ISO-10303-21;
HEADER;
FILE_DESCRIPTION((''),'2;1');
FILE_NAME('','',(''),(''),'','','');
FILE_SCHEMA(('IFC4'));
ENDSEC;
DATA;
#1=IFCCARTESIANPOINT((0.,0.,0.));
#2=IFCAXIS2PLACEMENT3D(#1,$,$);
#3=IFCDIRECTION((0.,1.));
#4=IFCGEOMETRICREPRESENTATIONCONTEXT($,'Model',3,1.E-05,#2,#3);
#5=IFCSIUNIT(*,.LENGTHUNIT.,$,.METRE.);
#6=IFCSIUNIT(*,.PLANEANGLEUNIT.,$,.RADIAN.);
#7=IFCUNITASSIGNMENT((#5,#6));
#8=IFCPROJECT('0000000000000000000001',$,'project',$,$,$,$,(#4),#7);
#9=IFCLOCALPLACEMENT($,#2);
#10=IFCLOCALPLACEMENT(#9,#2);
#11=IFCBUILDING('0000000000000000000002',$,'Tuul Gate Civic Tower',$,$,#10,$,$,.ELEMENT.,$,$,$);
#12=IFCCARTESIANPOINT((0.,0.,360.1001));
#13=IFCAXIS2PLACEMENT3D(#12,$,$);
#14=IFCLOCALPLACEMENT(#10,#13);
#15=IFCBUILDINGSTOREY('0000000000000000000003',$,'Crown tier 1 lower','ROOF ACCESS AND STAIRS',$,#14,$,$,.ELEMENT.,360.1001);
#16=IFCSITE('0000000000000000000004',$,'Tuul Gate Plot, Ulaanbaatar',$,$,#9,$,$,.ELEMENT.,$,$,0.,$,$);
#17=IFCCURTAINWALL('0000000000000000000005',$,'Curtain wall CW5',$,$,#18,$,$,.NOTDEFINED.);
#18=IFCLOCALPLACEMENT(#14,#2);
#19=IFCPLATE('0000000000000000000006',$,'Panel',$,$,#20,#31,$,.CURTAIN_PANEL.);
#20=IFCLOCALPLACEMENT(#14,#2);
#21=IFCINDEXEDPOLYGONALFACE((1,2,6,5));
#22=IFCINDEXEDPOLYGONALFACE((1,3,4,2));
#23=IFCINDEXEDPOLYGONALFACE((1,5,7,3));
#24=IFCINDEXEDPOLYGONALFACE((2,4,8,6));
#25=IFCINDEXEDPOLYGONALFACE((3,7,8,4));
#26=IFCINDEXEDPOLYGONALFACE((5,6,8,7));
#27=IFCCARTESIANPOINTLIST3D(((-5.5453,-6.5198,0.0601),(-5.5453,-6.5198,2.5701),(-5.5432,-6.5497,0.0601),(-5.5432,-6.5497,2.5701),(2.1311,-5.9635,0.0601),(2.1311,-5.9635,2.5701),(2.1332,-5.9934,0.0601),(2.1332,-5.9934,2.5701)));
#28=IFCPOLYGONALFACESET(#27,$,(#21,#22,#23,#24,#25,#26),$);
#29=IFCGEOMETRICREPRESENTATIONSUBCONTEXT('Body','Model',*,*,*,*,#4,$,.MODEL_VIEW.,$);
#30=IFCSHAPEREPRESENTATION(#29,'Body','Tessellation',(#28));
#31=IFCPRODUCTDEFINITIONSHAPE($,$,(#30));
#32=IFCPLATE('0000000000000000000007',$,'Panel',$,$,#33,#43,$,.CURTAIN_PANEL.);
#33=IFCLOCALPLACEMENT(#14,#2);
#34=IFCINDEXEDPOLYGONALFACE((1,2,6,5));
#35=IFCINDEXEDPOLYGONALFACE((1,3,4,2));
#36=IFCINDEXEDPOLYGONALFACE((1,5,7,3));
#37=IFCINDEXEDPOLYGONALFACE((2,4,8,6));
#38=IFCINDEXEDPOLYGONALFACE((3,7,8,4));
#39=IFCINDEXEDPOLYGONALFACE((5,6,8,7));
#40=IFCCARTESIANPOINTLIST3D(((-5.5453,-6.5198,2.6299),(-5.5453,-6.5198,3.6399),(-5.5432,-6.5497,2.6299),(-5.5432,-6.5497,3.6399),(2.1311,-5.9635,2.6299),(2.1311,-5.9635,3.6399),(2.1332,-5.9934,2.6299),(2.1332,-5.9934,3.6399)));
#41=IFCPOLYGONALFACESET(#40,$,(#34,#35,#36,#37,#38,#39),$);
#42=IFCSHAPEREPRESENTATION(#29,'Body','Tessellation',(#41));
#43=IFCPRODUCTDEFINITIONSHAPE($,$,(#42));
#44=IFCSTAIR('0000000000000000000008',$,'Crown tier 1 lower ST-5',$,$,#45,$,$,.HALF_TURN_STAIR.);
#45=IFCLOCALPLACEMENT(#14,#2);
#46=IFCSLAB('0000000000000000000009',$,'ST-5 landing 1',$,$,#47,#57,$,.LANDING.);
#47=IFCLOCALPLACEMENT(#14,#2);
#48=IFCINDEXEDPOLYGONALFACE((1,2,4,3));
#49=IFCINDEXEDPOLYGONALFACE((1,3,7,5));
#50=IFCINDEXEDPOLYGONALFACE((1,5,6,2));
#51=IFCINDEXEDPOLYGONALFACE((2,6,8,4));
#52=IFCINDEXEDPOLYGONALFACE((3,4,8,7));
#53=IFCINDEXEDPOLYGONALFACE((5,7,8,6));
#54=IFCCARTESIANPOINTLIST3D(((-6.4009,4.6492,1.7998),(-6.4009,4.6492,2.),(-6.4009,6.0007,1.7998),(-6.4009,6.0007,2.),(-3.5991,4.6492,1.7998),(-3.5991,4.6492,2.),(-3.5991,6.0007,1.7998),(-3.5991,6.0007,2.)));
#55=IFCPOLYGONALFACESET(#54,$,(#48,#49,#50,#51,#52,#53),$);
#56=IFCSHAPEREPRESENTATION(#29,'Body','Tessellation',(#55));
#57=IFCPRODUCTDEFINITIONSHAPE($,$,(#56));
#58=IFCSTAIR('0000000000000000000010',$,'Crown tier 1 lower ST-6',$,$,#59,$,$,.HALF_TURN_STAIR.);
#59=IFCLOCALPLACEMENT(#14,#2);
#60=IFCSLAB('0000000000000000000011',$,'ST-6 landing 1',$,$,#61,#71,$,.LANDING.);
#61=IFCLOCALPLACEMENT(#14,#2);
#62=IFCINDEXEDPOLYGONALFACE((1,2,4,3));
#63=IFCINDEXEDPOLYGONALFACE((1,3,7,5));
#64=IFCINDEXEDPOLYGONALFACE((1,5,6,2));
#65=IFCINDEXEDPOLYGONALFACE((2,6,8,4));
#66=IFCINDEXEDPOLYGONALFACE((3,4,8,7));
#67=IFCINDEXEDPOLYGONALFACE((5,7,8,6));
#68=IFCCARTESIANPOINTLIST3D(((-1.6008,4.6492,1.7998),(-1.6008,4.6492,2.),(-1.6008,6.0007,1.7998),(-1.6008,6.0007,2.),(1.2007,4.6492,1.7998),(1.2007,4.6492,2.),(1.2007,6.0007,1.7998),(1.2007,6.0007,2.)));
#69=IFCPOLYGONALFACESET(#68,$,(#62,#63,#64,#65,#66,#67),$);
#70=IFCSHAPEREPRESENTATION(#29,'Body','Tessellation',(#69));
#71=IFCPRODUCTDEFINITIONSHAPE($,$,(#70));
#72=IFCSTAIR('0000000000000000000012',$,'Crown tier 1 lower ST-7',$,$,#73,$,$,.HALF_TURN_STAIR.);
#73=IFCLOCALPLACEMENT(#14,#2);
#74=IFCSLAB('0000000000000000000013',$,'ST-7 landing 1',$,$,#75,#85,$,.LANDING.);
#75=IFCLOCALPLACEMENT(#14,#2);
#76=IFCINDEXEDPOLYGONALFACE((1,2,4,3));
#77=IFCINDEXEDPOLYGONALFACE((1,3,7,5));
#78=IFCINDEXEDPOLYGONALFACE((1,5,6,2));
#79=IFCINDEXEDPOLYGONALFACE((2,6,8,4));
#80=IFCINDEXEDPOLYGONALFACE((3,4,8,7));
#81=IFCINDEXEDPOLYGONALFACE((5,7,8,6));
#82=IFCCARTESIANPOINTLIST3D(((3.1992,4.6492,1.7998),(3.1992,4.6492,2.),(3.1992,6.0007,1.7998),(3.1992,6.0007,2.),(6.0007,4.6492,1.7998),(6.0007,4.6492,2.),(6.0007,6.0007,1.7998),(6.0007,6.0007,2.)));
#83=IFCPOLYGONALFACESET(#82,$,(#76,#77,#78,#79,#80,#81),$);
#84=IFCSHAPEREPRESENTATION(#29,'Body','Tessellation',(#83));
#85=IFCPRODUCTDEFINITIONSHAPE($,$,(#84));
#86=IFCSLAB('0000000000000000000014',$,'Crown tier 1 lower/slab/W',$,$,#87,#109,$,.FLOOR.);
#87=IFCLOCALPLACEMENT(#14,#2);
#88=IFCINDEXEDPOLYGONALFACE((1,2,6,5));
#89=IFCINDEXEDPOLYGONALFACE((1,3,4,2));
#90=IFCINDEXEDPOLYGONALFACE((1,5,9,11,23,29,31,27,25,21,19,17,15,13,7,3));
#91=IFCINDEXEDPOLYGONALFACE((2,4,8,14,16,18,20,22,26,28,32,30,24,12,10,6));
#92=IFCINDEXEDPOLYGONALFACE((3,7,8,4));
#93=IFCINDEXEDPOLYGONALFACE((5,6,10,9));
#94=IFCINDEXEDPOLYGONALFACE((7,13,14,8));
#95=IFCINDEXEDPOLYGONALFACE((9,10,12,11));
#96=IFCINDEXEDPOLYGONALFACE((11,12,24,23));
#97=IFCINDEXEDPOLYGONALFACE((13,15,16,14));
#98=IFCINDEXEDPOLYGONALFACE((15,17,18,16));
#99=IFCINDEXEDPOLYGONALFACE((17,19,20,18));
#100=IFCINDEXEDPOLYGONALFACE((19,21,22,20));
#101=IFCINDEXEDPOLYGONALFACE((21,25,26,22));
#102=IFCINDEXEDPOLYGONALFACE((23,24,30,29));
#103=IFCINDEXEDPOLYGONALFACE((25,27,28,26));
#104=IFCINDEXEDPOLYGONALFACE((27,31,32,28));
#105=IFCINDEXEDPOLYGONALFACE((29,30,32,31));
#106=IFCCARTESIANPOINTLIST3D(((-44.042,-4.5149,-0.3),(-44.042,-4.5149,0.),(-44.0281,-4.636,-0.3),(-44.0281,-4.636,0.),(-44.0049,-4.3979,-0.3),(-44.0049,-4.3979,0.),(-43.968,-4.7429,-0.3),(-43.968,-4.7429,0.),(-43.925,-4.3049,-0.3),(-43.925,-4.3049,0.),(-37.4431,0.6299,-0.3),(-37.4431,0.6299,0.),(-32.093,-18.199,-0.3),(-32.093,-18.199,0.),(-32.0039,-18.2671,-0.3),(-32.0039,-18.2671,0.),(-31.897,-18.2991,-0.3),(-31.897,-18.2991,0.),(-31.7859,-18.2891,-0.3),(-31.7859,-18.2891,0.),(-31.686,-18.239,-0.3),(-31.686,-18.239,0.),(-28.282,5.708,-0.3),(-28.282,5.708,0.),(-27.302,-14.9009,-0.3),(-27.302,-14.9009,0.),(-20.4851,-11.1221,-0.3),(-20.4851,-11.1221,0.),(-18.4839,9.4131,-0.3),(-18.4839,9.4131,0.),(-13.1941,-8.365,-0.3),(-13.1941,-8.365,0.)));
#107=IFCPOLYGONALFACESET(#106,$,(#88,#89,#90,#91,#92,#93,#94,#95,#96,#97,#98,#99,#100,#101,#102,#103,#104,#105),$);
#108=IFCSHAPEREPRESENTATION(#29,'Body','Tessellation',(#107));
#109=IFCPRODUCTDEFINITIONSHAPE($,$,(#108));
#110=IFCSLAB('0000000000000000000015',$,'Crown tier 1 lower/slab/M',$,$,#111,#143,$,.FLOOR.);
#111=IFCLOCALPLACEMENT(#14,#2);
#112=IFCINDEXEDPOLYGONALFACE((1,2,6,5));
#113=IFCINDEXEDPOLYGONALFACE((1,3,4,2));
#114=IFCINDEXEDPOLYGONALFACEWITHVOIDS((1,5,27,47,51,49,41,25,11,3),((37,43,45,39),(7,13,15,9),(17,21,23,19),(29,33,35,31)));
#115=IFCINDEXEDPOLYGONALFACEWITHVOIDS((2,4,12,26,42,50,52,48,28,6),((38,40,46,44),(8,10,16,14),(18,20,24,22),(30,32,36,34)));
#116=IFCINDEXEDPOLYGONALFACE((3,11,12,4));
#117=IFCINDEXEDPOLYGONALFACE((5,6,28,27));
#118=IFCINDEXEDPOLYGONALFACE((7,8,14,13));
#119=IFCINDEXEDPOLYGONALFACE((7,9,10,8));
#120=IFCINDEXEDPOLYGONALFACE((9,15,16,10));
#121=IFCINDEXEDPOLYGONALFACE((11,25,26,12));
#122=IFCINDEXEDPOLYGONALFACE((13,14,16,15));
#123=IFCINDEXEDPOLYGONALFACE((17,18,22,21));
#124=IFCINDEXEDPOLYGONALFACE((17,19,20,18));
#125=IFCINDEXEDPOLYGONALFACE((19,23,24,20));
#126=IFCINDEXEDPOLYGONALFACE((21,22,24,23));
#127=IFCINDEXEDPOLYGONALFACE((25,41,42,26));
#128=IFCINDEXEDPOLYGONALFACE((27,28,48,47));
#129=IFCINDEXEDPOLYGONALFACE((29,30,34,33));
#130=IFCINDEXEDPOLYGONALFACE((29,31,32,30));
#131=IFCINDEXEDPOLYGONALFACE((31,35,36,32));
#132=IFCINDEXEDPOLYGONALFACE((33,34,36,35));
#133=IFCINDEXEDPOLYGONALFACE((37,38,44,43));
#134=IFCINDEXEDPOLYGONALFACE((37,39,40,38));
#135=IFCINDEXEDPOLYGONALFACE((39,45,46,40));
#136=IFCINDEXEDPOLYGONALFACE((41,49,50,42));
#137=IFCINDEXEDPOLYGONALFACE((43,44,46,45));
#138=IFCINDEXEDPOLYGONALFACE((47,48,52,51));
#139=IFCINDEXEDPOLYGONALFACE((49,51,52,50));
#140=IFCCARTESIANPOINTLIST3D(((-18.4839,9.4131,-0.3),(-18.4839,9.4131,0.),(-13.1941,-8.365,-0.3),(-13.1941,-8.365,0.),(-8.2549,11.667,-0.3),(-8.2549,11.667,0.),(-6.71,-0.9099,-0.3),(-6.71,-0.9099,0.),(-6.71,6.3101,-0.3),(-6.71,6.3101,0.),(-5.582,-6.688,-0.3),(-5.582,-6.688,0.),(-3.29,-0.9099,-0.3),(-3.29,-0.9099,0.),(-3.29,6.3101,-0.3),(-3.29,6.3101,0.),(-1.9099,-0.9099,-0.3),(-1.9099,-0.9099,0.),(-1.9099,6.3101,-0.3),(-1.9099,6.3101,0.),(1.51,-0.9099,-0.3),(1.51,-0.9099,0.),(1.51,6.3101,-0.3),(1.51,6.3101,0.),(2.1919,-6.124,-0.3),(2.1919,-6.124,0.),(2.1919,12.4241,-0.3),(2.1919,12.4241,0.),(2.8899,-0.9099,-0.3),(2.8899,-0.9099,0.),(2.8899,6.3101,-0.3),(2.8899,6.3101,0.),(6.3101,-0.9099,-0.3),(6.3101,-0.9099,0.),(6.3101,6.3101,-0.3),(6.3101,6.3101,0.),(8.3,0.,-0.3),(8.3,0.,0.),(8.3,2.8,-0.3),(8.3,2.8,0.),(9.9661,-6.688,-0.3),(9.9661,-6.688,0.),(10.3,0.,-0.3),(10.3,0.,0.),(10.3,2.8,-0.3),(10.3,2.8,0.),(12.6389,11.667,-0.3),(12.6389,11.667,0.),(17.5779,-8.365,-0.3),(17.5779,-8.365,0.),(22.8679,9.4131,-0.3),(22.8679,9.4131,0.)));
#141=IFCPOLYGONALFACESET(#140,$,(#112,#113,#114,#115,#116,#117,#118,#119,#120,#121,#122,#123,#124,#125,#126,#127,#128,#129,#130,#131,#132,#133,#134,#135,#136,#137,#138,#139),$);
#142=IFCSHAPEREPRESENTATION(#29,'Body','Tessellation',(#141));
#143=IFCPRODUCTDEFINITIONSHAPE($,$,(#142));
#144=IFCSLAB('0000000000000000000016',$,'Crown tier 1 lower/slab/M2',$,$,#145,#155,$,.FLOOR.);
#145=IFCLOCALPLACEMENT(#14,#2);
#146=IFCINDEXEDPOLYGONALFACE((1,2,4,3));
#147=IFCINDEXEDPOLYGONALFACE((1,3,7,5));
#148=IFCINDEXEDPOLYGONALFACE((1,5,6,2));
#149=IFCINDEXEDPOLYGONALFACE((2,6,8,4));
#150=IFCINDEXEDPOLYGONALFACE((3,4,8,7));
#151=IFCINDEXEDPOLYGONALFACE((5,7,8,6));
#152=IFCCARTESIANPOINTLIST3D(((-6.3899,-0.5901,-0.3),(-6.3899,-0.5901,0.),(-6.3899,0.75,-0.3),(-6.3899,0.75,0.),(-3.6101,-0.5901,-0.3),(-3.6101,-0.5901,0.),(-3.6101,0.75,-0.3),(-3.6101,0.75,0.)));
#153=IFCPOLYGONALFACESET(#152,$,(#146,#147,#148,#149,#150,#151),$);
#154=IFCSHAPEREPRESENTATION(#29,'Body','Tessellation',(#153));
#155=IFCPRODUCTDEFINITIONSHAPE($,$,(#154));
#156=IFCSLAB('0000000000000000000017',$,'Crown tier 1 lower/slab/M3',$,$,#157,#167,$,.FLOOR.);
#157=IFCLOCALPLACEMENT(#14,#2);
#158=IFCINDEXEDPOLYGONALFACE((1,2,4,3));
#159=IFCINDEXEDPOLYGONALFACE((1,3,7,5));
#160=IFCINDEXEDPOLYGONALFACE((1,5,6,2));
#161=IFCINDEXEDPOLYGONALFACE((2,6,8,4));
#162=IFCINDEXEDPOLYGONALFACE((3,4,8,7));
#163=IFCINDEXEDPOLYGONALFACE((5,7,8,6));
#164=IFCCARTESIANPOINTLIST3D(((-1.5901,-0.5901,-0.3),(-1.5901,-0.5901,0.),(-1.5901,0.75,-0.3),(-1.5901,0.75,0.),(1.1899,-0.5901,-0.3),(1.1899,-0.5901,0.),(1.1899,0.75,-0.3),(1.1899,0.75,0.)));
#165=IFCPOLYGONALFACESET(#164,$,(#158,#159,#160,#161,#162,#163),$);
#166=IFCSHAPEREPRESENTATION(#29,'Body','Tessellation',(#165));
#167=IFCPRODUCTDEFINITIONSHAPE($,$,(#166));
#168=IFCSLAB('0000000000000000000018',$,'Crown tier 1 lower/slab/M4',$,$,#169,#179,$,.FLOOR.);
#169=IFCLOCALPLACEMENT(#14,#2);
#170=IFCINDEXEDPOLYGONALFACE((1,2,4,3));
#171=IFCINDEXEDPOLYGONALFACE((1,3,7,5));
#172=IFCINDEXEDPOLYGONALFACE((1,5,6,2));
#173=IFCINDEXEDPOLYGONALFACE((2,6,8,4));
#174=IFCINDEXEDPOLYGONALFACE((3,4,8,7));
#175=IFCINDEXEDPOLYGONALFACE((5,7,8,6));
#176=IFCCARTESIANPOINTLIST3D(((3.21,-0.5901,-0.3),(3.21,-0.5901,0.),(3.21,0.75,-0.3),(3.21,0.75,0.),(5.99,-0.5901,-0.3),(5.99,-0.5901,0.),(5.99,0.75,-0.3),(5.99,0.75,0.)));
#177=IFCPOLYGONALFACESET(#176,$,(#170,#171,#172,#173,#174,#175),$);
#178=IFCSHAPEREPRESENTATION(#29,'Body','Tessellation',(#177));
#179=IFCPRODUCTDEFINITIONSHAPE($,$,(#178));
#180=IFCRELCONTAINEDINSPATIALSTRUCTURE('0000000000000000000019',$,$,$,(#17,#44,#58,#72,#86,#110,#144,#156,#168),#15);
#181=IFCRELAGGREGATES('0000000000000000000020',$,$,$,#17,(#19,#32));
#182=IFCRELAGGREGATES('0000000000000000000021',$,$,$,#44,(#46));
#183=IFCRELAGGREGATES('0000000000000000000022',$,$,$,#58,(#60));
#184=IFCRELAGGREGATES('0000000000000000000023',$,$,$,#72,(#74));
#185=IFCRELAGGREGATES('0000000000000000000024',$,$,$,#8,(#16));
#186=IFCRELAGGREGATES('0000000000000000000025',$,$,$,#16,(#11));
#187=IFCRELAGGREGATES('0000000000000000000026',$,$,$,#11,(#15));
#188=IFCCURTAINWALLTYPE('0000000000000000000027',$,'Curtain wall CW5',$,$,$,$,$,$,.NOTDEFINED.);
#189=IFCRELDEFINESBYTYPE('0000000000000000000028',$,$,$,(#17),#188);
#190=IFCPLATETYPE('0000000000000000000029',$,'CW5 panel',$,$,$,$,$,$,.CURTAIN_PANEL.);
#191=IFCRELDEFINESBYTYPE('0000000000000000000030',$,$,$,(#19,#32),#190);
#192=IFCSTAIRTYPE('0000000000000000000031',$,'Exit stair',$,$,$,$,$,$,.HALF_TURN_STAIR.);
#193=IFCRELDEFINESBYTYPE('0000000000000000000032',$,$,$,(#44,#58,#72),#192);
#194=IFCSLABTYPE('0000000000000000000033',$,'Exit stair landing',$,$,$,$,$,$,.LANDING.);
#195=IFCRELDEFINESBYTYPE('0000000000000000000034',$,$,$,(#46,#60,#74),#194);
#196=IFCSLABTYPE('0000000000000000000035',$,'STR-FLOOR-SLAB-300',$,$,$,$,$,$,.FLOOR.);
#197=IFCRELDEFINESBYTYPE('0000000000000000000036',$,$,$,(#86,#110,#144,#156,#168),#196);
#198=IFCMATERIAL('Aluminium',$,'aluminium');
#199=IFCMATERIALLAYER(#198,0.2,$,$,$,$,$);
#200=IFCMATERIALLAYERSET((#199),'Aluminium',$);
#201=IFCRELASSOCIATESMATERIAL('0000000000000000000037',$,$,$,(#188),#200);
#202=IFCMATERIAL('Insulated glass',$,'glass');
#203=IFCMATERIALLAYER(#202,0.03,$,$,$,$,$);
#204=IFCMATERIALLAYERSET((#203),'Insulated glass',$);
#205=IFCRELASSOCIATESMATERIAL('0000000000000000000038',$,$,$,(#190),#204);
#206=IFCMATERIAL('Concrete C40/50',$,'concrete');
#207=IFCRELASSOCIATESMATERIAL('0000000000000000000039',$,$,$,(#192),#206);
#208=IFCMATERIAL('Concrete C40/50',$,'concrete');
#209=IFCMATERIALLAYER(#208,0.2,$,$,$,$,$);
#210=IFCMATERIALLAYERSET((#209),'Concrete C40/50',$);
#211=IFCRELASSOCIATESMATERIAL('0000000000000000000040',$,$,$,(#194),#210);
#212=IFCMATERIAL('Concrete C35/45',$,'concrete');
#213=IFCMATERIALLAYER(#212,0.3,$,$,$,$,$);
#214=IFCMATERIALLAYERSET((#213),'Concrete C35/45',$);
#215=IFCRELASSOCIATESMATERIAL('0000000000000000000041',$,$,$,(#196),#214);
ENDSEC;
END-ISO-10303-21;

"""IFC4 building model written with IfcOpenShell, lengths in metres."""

from ifc_helpers import new_model, si_unit, direction, frame, origin, origin_2d, place, context, subcontext, project, spatial, polyline, rectangle, outline, extrude, material, layer, layer_set, type_object, element, aggregate, save


model = new_model("IFC4")

# Units and contexts
model_context = context("Model", 3, precision=1e-05, world=origin(), true_north=direction((0.0, 1.0)))
body_context = subcontext(model_context, "Body", "Model", "MODEL_VIEW")
ifc_project = project(units=[si_unit("LENGTHUNIT", "METRE"), si_unit("PLANEANGLEUNIT", "RADIAN")], contexts=[model_context])

# Site, building, storey
site_placement = place(None, origin())
site = spatial("IfcSite", under=ifc_project, at=site_placement, Name="Tuul Gate Plot, Ulaanbaatar", CompositionType="ELEMENT", RefElevation=0.0)
building_placement = place(site_placement, origin())
building = spatial("IfcBuilding", under=site, at=building_placement, Name="Tuul Gate Civic Tower", CompositionType="ELEMENT")
storey_placement = place(building_placement, frame((0.0, 0.0, 360.1001)))
storey = spatial("IfcBuildingStorey", under=building, at=storey_placement, Name="Crown tier 1 lower", Description="ROOF ACCESS AND STAIRS", CompositionType="ELEMENT", Elevation=360.1001)

# Shared definitions
ifc_material_1 = material(Name="Aluminium", Category="aluminium")
ifc_layer_1 = layer(ifc_material_1, 0.2)
ifc_layer_set_1 = layer_set([ifc_layer_1], Name="Aluminium")
curtain_wall_type = type_object("IfcCurtainWallType", Name="Curtain wall CW5", PredefinedType="NOTDEFINED", material=ifc_layer_set_1)

# Curtain wall
curtain_wall_1_placement = place(storey_placement, origin())
curtain_wall_1 = element("IfcCurtainWall", 1, at=curtain_wall_1_placement, inside=storey, type_object=curtain_wall_type, Name="Curtain wall CW5", PredefinedType="NOTDEFINED")

# Plates
ifc_material_2 = material(Name="Insulated glass", Category="glass")
ifc_layer_2 = layer(ifc_material_2, 0.03)
ifc_layer_set_2 = layer_set([ifc_layer_2], Name="Insulated glass")
plate_type = type_object("IfcPlateType", Name="CW5 panel", PredefinedType="CURTAIN_PANEL", material=ifc_layer_set_2)
plate_1_placement = place(storey_placement, frame((-1.7061, -6.2566, 0.0601), z_axis=(0.0, 0.0, 1.0), x_axis=(0.997384, 0.072283, 0.0)))
plate_1 = element("IfcPlate", 2, at=plate_1_placement, type_object=plate_type, Name="Panel", PredefinedType="CURTAIN_PANEL", context=body_context, shape_type="SweptSolid", body=[
    extrude(rectangle(XDim=7.6965, YDim=0.03, at=origin_2d()), origin(), (0.0, 0.0, 1.0), 2.51),
])
plate_2_placement = place(storey_placement, frame((-1.7061, -6.2566, 2.6299), z_axis=(0.0, 0.0, 1.0), x_axis=(0.997384, 0.072283, 0.0)))
plate_2 = element("IfcPlate", 3, at=plate_2_placement, type_object=plate_type, Name="Panel", PredefinedType="CURTAIN_PANEL", context=body_context, shape_type="SweptSolid", body=[
    extrude(rectangle(XDim=7.6965, YDim=0.03, at=origin_2d()), origin(), (0.0, 0.0, 1.0), 1.01),
])
aggregate(curtain_wall_1, [plate_1, plate_2])

# Stairs, slabs
ifc_material_3 = material(Name="Concrete C40/50", Category="concrete")
stair_type = type_object("IfcStairType", Name="Exit stair", PredefinedType="HALF_TURN_STAIR", material=ifc_material_3)
stair_1_placement = place(storey_placement, origin())
stair_1 = element("IfcStair", 4, at=stair_1_placement, inside=storey, type_object=stair_type, Name="Crown tier 1 lower ST-5", PredefinedType="HALF_TURN_STAIR")
ifc_material_4 = material(Name="Concrete C40/50", Category="concrete")
ifc_layer_3 = layer(ifc_material_4, 0.2)
ifc_layer_set_3 = layer_set([ifc_layer_3], Name="Concrete C40/50")
slab_type_1 = type_object("IfcSlabType", Name="Exit stair landing", PredefinedType="LANDING", material=ifc_layer_set_3)
slab_1_placement = place(storey_placement, frame((0.0, 0.0, 1.7998)))
slab_1 = element("IfcSlab", 5, at=slab_1_placement, type_object=slab_type_1, Name="ST-5 landing 1", PredefinedType="LANDING", context=body_context, shape_type="SweptSolid", body=[
    extrude(outline(polyline([(-3.5991, 4.6492), (-6.4009, 4.6492), (-6.4009, 6.0007), (-3.5991, 6.0007), (-3.5991, 4.6492)])), origin(), (0.0, 0.0, 1.0), 0.2002),
])
aggregate(stair_1, [slab_1])
stair_2_placement = place(storey_placement, origin())
stair_2 = element("IfcStair", 6, at=stair_2_placement, inside=storey, type_object=stair_type, Name="Crown tier 1 lower ST-6", PredefinedType="HALF_TURN_STAIR")
slab_2_placement = place(storey_placement, frame((0.0, 0.0, 1.7998)))
slab_2 = element("IfcSlab", 7, at=slab_2_placement, type_object=slab_type_1, Name="ST-6 landing 1", PredefinedType="LANDING", context=body_context, shape_type="SweptSolid", body=[
    extrude(outline(polyline([(1.2007, 4.6492), (-1.6008, 4.6492), (-1.6008, 6.0007), (1.2007, 6.0007), (1.2007, 4.6492)])), origin(), (0.0, 0.0, 1.0), 0.2002),
])
aggregate(stair_2, [slab_2])
stair_3_placement = place(storey_placement, origin())
stair_3 = element("IfcStair", 8, at=stair_3_placement, inside=storey, type_object=stair_type, Name="Crown tier 1 lower ST-7", PredefinedType="HALF_TURN_STAIR")
slab_3_placement = place(storey_placement, frame((0.0, 0.0, 1.7998)))
slab_3 = element("IfcSlab", 9, at=slab_3_placement, type_object=slab_type_1, Name="ST-7 landing 1", PredefinedType="LANDING", context=body_context, shape_type="SweptSolid", body=[
    extrude(outline(polyline([(6.0007, 4.6492), (3.1992, 4.6492), (3.1992, 6.0007), (6.0007, 6.0007), (6.0007, 4.6492)])), origin(), (0.0, 0.0, 1.0), 0.2002),
])
aggregate(stair_3, [slab_3])

# Slabs
ifc_material_5 = material(Name="Concrete C35/45", Category="concrete")
ifc_layer_4 = layer(ifc_material_5, 0.3)
ifc_layer_set_4 = layer_set([ifc_layer_4], Name="Concrete C35/45")
slab_type_2 = type_object("IfcSlabType", Name="STR-FLOOR-SLAB-300", PredefinedType="FLOOR", material=ifc_layer_set_4)
slab_4_placement = place(storey_placement, frame((0.0, 0.0, -0.3)))
element("IfcSlab", 10, at=slab_4_placement, inside=storey, type_object=slab_type_2, Name="Crown tier 1 lower/slab/W", PredefinedType="FLOOR", context=body_context, shape_type="SweptSolid", body=[
    extrude(outline(polyline([(-20.4851, -11.1221), (-13.1941, -8.365), (-18.4839, 9.4131), (-28.282, 5.708), (-37.4431, 0.6299), (-43.925, -4.3049), (-44.0049, -4.3979), (-44.042, -4.5149), (-44.0281, -4.636), (-43.968, -4.7429), (-32.093, -18.199), (-32.0039, -18.2671), (-31.897, -18.2991), (-31.7859, -18.2891), (-31.686, -18.239), (-27.302, -14.9009), (-20.4851, -11.1221)])), origin(), (0.0, 0.0, 1.0), 0.3),
])
slab_5_placement = place(storey_placement, frame((0.0, 0.0, -0.3)))
element("IfcSlab", 11, at=slab_5_placement, inside=storey, type_object=slab_type_2, Name="Crown tier 1 lower/slab/M", PredefinedType="FLOOR", context=body_context, shape_type="SweptSolid", body=[
    extrude(outline(polyline([(17.5779, -8.365), (22.8679, 9.4131), (12.6389, 11.667), (2.1919, 12.4241), (-8.2549, 11.667), (-18.4839, 9.4131), (-13.1941, -8.365), (-5.582, -6.688), (2.1919, -6.124), (9.9661, -6.688), (17.5779, -8.365)]), holes=[polyline([(10.3, 0.0), (8.3, 0.0), (8.3, 2.8), (10.3, 2.8), (10.3, 0.0)]), polyline([(-6.71, -0.9099), (-6.71, 6.3101), (-3.29, 6.3101), (-3.29, -0.9099), (-6.71, -0.9099)]), polyline([(-1.9099, -0.9099), (-1.9099, 6.3101), (1.51, 6.3101), (1.51, -0.9099), (-1.9099, -0.9099)]), polyline([(2.8899, -0.9099), (2.8899, 6.3101), (6.3101, 6.3101), (6.3101, -0.9099), (2.8899, -0.9099)])]), origin(), (0.0, 0.0, 1.0), 0.3),
])
slab_6_placement = place(storey_placement, frame((0.0, 0.0, -0.3)))
element("IfcSlab", 12, at=slab_6_placement, inside=storey, type_object=slab_type_2, Name="Crown tier 1 lower/slab/M2", PredefinedType="FLOOR", context=body_context, shape_type="SweptSolid", body=[
    extrude(outline(polyline([(-3.6101, 0.75), (-6.3899, 0.75), (-6.3899, -0.5901), (-3.6101, -0.5901), (-3.6101, 0.75)])), origin(), (0.0, 0.0, 1.0), 0.3),
])
slab_7_placement = place(storey_placement, frame((0.0, 0.0, -0.3)))
element("IfcSlab", 13, at=slab_7_placement, inside=storey, type_object=slab_type_2, Name="Crown tier 1 lower/slab/M3", PredefinedType="FLOOR", context=body_context, shape_type="SweptSolid", body=[
    extrude(outline(polyline([(1.1899, 0.75), (-1.5901, 0.75), (-1.5901, -0.5901), (1.1899, -0.5901), (1.1899, 0.75)])), origin(), (0.0, 0.0, 1.0), 0.3),
])
slab_8_placement = place(storey_placement, frame((0.0, 0.0, -0.3)))
element("IfcSlab", 14, at=slab_8_placement, inside=storey, type_object=slab_type_2, Name="Crown tier 1 lower/slab/M4", PredefinedType="FLOOR", context=body_context, shape_type="SweptSolid", body=[
    extrude(outline(polyline([(3.21, 0.75), (3.21, -0.5901), (5.99, -0.5901), (5.99, 0.75), (3.21, 0.75)])), origin(), (0.0, 0.0, 1.0), 0.3),
])

save(model, "model.ifc")
